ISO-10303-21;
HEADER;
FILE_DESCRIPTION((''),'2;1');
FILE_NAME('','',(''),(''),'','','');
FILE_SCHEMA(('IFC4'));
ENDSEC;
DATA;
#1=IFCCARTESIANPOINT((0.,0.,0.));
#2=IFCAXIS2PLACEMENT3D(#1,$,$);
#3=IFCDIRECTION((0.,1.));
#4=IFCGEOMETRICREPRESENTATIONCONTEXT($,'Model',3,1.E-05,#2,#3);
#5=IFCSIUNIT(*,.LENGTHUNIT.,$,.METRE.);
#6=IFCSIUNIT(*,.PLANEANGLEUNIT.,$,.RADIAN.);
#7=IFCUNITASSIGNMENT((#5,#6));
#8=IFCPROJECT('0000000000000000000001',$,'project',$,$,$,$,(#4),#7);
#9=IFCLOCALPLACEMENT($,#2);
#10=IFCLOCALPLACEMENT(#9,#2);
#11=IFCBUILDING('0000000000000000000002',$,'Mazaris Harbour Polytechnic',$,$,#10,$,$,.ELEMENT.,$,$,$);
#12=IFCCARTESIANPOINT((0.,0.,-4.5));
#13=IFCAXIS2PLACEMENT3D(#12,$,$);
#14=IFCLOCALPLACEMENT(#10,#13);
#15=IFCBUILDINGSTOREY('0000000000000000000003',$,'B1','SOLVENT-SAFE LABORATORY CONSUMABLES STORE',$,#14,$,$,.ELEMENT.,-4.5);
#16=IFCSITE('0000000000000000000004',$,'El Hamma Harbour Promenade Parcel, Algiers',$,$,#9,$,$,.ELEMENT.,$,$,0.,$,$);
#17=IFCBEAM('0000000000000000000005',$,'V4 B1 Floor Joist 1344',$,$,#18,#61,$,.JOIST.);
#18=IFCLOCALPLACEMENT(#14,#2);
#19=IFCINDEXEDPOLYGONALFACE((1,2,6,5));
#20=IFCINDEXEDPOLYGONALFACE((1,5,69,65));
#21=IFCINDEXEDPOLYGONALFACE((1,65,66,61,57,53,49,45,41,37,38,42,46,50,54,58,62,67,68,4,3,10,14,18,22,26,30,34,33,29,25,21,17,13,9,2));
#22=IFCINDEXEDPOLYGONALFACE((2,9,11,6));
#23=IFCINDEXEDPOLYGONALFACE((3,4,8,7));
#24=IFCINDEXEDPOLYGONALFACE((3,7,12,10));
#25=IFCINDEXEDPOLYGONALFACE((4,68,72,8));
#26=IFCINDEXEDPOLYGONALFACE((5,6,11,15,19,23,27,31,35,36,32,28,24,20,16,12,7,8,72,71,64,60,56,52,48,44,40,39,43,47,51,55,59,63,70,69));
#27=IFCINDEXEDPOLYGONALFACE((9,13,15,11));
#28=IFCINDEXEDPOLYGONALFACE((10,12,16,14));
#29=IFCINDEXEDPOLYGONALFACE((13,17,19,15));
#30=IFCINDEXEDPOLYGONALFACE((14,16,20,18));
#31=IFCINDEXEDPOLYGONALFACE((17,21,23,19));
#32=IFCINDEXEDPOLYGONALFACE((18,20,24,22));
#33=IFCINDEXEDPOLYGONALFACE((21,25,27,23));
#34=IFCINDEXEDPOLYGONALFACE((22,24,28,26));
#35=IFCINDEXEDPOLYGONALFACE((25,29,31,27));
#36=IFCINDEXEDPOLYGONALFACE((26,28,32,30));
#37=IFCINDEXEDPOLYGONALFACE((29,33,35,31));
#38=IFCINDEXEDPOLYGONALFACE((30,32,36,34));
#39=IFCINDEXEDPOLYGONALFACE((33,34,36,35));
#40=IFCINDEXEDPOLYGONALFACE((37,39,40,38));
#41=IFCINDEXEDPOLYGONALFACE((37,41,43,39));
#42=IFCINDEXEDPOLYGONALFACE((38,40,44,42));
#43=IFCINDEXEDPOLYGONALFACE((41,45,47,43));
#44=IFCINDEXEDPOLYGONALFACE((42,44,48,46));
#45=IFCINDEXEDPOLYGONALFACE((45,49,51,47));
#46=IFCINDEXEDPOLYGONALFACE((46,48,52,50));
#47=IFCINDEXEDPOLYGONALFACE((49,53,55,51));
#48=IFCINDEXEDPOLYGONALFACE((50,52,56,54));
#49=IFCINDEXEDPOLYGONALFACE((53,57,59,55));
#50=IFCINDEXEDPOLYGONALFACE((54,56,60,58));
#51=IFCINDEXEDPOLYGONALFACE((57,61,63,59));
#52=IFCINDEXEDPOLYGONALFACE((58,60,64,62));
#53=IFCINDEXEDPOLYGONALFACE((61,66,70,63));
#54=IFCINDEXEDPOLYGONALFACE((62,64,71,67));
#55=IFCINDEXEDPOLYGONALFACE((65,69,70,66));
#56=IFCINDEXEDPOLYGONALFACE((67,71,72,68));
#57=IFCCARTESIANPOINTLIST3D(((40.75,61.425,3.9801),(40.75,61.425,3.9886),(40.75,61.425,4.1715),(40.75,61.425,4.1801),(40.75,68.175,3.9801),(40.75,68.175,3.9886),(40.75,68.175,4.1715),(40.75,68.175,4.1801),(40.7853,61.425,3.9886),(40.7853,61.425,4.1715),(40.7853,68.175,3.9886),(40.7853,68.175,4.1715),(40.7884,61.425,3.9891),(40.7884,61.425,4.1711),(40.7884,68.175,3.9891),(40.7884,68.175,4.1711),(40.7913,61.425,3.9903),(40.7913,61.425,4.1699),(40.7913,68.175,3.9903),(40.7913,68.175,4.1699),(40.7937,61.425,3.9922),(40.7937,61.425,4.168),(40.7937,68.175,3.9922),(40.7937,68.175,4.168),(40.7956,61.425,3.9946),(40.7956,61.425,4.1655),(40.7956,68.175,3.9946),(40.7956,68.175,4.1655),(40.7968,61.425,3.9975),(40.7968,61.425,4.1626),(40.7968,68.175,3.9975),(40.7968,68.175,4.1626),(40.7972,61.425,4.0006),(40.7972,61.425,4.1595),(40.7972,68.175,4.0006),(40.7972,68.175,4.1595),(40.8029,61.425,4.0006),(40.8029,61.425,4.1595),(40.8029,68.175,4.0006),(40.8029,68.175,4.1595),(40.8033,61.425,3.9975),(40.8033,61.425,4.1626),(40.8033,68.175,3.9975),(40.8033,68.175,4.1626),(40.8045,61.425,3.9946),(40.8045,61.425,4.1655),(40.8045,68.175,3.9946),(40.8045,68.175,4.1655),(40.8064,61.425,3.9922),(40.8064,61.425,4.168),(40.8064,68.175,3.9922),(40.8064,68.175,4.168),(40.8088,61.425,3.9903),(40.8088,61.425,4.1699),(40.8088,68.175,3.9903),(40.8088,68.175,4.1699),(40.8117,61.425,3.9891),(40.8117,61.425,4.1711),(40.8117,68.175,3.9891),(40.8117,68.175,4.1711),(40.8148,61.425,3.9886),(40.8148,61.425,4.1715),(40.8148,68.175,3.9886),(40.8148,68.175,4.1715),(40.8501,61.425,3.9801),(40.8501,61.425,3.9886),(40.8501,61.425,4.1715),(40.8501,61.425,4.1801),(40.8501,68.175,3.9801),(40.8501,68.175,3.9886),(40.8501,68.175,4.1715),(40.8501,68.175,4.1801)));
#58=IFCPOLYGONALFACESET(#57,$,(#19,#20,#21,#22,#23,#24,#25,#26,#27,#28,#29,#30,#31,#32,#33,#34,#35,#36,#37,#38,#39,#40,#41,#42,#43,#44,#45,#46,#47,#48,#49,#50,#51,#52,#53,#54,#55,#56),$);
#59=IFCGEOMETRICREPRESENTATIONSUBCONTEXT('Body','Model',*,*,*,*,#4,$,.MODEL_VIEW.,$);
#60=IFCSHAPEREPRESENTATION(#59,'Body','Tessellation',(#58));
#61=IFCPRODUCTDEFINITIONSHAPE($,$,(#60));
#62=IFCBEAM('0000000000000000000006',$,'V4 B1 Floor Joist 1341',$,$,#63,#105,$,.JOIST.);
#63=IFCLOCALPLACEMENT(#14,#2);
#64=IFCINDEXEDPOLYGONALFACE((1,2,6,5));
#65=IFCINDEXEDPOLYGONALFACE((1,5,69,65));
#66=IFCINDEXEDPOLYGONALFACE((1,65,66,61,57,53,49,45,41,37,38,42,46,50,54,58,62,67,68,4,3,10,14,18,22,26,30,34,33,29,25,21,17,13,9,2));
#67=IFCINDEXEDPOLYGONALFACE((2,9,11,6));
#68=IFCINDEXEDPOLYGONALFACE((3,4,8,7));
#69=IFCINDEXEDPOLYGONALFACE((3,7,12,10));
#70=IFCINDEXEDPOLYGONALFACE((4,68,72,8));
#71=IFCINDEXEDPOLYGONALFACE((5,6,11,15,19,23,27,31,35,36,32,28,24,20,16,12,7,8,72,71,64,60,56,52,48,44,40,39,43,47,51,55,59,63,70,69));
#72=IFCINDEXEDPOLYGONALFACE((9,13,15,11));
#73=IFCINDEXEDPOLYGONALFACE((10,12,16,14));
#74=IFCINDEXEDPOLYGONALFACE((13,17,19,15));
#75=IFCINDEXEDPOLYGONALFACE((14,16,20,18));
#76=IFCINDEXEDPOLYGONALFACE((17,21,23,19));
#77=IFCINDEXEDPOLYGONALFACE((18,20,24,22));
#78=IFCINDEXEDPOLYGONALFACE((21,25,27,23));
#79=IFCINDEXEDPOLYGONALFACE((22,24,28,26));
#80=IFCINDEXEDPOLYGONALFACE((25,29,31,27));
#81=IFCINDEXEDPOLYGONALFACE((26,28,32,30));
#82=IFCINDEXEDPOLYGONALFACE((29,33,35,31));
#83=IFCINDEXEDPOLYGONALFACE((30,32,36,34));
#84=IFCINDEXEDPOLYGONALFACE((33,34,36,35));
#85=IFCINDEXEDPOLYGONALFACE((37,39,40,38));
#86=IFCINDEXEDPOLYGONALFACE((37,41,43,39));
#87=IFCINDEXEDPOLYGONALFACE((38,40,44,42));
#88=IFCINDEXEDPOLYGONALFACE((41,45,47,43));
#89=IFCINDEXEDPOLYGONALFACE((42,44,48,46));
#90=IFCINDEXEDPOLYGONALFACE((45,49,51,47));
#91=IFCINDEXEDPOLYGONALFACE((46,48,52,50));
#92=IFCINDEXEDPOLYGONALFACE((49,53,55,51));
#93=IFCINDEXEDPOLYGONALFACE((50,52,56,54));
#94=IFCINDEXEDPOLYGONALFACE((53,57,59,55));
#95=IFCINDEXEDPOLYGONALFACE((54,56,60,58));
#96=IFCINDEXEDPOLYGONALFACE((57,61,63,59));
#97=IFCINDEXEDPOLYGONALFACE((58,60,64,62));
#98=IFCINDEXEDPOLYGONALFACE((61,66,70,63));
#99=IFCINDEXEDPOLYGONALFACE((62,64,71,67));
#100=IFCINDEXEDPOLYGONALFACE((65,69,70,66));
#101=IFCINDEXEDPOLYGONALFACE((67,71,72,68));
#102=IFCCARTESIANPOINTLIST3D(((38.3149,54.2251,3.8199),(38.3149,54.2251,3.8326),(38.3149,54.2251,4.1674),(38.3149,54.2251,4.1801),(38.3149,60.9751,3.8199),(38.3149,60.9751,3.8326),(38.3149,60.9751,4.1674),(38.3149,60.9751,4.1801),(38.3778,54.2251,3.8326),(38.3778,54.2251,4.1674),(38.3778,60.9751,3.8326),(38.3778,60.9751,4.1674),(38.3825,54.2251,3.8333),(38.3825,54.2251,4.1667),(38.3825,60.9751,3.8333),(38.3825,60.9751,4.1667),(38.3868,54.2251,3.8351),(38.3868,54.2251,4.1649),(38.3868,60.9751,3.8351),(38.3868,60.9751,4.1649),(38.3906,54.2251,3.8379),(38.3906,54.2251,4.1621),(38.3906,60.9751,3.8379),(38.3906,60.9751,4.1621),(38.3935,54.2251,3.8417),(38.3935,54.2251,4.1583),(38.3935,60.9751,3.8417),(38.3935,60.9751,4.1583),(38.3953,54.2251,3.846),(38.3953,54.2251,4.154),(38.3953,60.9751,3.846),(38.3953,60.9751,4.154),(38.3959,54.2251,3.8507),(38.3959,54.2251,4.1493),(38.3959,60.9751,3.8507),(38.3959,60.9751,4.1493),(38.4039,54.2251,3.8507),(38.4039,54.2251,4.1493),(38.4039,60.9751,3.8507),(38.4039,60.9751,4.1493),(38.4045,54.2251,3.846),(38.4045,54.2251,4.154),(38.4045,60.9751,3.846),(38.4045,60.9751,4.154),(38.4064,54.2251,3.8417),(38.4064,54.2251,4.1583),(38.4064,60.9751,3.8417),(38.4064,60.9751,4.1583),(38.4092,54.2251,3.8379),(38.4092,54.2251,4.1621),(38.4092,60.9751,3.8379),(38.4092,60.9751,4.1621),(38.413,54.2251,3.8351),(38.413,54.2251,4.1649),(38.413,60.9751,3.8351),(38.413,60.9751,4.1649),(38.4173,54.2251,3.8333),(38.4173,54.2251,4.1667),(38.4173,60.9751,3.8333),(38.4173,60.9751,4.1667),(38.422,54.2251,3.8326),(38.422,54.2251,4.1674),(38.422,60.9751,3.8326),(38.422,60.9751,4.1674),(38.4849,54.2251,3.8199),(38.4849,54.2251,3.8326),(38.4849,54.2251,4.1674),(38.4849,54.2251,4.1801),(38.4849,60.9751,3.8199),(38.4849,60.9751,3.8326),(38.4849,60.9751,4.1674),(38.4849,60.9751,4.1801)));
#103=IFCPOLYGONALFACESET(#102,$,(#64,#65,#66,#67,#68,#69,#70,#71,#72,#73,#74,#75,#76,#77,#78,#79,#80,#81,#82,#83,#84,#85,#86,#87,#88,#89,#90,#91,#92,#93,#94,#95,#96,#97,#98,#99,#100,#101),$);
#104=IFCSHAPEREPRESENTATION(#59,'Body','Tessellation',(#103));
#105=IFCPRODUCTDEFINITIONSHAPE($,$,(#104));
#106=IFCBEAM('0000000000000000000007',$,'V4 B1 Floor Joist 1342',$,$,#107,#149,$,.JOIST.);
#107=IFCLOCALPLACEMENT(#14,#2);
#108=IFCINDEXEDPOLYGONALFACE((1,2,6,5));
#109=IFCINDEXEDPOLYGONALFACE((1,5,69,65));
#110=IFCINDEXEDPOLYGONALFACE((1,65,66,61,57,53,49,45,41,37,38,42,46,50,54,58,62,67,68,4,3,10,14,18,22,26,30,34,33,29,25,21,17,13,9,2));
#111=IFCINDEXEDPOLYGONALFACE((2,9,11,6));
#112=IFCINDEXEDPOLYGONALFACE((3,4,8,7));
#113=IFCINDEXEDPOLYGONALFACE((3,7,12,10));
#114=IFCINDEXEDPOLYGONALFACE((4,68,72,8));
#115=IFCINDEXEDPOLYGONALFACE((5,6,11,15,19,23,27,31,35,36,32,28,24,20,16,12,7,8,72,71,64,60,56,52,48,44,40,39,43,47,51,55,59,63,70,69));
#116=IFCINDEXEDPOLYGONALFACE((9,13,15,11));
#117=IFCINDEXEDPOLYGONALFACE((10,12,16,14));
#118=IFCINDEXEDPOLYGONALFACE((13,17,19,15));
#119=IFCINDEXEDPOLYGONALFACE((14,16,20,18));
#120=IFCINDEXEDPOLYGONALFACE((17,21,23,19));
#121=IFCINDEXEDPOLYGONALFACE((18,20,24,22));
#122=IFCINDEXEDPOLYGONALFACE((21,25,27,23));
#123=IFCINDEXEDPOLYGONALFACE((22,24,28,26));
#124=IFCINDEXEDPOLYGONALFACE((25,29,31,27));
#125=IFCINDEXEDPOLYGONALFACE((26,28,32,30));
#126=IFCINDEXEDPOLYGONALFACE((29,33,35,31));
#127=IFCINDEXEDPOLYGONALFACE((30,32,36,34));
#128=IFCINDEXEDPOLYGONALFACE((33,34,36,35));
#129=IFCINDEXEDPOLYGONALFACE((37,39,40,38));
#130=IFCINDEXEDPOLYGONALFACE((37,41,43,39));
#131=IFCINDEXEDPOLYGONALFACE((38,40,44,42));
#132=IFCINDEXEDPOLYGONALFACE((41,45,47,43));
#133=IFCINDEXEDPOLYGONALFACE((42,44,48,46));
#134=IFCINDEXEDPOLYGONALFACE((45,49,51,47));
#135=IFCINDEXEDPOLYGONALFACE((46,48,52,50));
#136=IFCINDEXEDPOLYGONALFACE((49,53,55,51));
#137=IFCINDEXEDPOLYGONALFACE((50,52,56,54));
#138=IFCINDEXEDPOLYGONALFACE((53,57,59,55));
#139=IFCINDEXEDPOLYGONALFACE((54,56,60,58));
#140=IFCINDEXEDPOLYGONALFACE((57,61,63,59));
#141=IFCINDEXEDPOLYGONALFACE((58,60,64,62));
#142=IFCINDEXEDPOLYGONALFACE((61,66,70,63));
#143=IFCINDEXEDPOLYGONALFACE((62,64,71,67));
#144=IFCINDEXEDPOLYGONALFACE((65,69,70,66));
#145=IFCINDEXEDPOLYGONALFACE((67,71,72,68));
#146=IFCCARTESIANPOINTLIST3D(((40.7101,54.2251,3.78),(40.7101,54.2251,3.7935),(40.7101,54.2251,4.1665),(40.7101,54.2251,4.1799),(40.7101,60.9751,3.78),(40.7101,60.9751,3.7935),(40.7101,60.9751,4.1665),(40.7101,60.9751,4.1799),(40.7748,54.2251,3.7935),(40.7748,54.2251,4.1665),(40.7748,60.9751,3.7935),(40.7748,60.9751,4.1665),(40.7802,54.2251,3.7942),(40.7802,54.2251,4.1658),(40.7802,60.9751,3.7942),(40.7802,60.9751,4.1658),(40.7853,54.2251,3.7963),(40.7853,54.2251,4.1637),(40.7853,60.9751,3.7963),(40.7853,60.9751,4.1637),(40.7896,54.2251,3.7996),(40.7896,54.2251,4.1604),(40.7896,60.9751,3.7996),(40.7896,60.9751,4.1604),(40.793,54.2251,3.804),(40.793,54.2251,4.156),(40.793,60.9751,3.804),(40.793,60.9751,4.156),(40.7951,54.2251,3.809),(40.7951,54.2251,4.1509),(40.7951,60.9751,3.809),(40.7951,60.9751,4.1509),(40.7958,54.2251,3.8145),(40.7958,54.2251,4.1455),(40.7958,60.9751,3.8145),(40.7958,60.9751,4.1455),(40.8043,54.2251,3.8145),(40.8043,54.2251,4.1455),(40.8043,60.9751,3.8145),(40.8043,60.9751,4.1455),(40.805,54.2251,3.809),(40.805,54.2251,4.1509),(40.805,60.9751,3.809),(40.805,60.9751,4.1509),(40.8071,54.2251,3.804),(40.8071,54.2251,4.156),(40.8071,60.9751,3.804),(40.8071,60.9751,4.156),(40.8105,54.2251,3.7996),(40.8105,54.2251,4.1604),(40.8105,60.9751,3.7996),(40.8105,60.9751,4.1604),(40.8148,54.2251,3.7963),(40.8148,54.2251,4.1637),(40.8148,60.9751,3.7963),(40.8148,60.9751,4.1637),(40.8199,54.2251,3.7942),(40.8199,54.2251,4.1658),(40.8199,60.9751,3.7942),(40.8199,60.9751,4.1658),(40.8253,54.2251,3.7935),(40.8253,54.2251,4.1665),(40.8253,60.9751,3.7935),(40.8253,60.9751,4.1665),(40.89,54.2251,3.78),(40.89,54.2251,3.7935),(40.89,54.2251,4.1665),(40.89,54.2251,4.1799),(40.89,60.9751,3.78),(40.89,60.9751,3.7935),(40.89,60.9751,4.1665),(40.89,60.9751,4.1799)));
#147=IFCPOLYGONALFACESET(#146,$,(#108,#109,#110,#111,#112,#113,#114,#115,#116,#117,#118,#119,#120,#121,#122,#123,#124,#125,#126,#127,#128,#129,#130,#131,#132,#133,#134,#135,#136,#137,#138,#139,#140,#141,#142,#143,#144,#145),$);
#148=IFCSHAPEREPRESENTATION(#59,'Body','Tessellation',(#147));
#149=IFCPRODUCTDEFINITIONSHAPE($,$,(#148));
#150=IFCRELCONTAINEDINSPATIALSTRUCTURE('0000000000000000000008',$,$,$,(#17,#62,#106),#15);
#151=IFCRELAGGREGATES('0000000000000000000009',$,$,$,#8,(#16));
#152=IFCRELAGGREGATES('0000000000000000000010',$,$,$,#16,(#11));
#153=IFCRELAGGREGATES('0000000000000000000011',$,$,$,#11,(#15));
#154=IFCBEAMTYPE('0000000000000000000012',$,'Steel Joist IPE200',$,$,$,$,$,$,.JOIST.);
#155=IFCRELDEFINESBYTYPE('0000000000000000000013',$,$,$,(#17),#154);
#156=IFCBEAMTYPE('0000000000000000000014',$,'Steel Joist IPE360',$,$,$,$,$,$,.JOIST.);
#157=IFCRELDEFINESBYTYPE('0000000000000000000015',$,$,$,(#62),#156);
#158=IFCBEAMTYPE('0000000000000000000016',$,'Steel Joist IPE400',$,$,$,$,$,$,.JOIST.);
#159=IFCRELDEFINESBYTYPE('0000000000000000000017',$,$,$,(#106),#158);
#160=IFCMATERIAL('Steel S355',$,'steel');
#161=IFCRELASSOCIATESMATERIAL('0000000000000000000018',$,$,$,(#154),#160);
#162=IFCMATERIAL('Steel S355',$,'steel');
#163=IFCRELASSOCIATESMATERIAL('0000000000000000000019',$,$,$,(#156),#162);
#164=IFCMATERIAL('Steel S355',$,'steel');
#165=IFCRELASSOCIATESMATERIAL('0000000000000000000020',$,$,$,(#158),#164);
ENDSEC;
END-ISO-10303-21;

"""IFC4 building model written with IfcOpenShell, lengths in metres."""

from ifc_helpers import new_model, si_unit, direction, frame, origin, origin_2d, place, context, subcontext, project, spatial, i_section, extrude, material, material_profile, profile_set, type_object, element, save


model = new_model("IFC4")

# Units and contexts
model_context = context("Model", 3, precision=1e-05, world=origin(), true_north=direction((0.0, 1.0)))
body_context = subcontext(model_context, "Body", "Model", "MODEL_VIEW")
ifc_project = project(units=[si_unit("LENGTHUNIT", "METRE"), si_unit("PLANEANGLEUNIT", "RADIAN")], contexts=[model_context])

# Site, building, storey
site_placement = place(None, origin())
site = spatial("IfcSite", under=ifc_project, at=site_placement, Name="El Hamma Harbour Promenade Parcel, Algiers", CompositionType="ELEMENT", RefElevation=0.0)
building_placement = place(site_placement, origin())
building = spatial("IfcBuilding", under=site, at=building_placement, Name="Mazaris Harbour Polytechnic", CompositionType="ELEMENT")
storey_placement = place(building_placement, frame((0.0, 0.0, -4.5)))
storey = spatial("IfcBuildingStorey", under=building, at=storey_placement, Name="B1", Description="SOLVENT-SAFE LABORATORY CONSUMABLES STORE", CompositionType="ELEMENT", Elevation=-4.5)

# Beams
ifc_material_1 = material(Name="Steel S355", Category="steel")
ifc_material_profile_1 = material_profile(ifc_material_1, i_section(OverallWidth=0.1001, OverallDepth=0.2, WebThickness=0.0056, FlangeThickness=0.0085, FilletRadius=0.012, at=origin_2d()), Name="IPE 200")
ifc_profile_set_1 = profile_set([ifc_material_profile_1], Name="Steel S355")
beam_type_1 = type_object("IfcBeamType", Name="Steel Joist IPE200", PredefinedType="JOIST", material=ifc_profile_set_1)
beam_1_placement = place(storey_placement, frame((40.8, 61.425, 4.0801), z_axis=(0.0, 1.0, 0.0), x_axis=(-1.0, 0.0, 0.0)))
element("IfcBeam", 1, at=beam_1_placement, inside=storey, type_object=beam_type_1, Name="V4 B1 Floor Joist 1344", PredefinedType="JOIST", context=body_context, shape_type="SweptSolid", body=[
    extrude(i_section(OverallWidth=0.1001, OverallDepth=0.2, WebThickness=0.0056, FlangeThickness=0.0085, FilletRadius=0.012, at=origin_2d()), origin(), (0.0, 0.0, 1.0), 6.75),
])
ifc_material_2 = material(Name="Steel S355", Category="steel")
ifc_material_profile_2 = material_profile(ifc_material_2, i_section(OverallWidth=0.1699, OverallDepth=0.3601, WebThickness=0.0081, FlangeThickness=0.0127, FilletRadius=0.0181, at=origin_2d()), Name="IPE 360")
ifc_profile_set_2 = profile_set([ifc_material_profile_2], Name="Steel S355")
beam_type_2 = type_object("IfcBeamType", Name="Steel Joist IPE360", PredefinedType="JOIST", material=ifc_profile_set_2)
beam_2_placement = place(storey_placement, frame((38.3999, 54.2251, 4.0), z_axis=(0.0, 1.0, 0.0), x_axis=(-1.0, 0.0, 0.0)))
element("IfcBeam", 2, at=beam_2_placement, inside=storey, type_object=beam_type_2, Name="V4 B1 Floor Joist 1341", PredefinedType="JOIST", context=body_context, shape_type="SweptSolid", body=[
    extrude(i_section(OverallWidth=0.1699, OverallDepth=0.3601, WebThickness=0.0081, FlangeThickness=0.0127, FilletRadius=0.0181, at=origin_2d()), origin(), (0.0, 0.0, 1.0), 6.75),
])
ifc_material_3 = material(Name="Steel S355", Category="steel")
ifc_material_profile_3 = material_profile(ifc_material_3, i_section(OverallWidth=0.1799, OverallDepth=0.3999, WebThickness=0.0085, FlangeThickness=0.0134, FilletRadius=0.021, at=origin_2d()), Name="IPE 400")
ifc_profile_set_3 = profile_set([ifc_material_profile_3], Name="Steel S355")
beam_type_3 = type_object("IfcBeamType", Name="Steel Joist IPE400", PredefinedType="JOIST", material=ifc_profile_set_3)
beam_3_placement = place(storey_placement, frame((40.8, 54.2251, 3.98), z_axis=(0.0, 1.0, 0.0), x_axis=(-1.0, 0.0, 0.0)))
element("IfcBeam", 3, at=beam_3_placement, inside=storey, type_object=beam_type_3, Name="V4 B1 Floor Joist 1342", PredefinedType="JOIST", context=body_context, shape_type="SweptSolid", body=[
    extrude(i_section(OverallWidth=0.1799, OverallDepth=0.3999, WebThickness=0.0085, FlangeThickness=0.0134, FilletRadius=0.021, at=origin_2d()), origin(), (0.0, 0.0, 1.0), 6.75),
])

save(model, "model.ifc")
